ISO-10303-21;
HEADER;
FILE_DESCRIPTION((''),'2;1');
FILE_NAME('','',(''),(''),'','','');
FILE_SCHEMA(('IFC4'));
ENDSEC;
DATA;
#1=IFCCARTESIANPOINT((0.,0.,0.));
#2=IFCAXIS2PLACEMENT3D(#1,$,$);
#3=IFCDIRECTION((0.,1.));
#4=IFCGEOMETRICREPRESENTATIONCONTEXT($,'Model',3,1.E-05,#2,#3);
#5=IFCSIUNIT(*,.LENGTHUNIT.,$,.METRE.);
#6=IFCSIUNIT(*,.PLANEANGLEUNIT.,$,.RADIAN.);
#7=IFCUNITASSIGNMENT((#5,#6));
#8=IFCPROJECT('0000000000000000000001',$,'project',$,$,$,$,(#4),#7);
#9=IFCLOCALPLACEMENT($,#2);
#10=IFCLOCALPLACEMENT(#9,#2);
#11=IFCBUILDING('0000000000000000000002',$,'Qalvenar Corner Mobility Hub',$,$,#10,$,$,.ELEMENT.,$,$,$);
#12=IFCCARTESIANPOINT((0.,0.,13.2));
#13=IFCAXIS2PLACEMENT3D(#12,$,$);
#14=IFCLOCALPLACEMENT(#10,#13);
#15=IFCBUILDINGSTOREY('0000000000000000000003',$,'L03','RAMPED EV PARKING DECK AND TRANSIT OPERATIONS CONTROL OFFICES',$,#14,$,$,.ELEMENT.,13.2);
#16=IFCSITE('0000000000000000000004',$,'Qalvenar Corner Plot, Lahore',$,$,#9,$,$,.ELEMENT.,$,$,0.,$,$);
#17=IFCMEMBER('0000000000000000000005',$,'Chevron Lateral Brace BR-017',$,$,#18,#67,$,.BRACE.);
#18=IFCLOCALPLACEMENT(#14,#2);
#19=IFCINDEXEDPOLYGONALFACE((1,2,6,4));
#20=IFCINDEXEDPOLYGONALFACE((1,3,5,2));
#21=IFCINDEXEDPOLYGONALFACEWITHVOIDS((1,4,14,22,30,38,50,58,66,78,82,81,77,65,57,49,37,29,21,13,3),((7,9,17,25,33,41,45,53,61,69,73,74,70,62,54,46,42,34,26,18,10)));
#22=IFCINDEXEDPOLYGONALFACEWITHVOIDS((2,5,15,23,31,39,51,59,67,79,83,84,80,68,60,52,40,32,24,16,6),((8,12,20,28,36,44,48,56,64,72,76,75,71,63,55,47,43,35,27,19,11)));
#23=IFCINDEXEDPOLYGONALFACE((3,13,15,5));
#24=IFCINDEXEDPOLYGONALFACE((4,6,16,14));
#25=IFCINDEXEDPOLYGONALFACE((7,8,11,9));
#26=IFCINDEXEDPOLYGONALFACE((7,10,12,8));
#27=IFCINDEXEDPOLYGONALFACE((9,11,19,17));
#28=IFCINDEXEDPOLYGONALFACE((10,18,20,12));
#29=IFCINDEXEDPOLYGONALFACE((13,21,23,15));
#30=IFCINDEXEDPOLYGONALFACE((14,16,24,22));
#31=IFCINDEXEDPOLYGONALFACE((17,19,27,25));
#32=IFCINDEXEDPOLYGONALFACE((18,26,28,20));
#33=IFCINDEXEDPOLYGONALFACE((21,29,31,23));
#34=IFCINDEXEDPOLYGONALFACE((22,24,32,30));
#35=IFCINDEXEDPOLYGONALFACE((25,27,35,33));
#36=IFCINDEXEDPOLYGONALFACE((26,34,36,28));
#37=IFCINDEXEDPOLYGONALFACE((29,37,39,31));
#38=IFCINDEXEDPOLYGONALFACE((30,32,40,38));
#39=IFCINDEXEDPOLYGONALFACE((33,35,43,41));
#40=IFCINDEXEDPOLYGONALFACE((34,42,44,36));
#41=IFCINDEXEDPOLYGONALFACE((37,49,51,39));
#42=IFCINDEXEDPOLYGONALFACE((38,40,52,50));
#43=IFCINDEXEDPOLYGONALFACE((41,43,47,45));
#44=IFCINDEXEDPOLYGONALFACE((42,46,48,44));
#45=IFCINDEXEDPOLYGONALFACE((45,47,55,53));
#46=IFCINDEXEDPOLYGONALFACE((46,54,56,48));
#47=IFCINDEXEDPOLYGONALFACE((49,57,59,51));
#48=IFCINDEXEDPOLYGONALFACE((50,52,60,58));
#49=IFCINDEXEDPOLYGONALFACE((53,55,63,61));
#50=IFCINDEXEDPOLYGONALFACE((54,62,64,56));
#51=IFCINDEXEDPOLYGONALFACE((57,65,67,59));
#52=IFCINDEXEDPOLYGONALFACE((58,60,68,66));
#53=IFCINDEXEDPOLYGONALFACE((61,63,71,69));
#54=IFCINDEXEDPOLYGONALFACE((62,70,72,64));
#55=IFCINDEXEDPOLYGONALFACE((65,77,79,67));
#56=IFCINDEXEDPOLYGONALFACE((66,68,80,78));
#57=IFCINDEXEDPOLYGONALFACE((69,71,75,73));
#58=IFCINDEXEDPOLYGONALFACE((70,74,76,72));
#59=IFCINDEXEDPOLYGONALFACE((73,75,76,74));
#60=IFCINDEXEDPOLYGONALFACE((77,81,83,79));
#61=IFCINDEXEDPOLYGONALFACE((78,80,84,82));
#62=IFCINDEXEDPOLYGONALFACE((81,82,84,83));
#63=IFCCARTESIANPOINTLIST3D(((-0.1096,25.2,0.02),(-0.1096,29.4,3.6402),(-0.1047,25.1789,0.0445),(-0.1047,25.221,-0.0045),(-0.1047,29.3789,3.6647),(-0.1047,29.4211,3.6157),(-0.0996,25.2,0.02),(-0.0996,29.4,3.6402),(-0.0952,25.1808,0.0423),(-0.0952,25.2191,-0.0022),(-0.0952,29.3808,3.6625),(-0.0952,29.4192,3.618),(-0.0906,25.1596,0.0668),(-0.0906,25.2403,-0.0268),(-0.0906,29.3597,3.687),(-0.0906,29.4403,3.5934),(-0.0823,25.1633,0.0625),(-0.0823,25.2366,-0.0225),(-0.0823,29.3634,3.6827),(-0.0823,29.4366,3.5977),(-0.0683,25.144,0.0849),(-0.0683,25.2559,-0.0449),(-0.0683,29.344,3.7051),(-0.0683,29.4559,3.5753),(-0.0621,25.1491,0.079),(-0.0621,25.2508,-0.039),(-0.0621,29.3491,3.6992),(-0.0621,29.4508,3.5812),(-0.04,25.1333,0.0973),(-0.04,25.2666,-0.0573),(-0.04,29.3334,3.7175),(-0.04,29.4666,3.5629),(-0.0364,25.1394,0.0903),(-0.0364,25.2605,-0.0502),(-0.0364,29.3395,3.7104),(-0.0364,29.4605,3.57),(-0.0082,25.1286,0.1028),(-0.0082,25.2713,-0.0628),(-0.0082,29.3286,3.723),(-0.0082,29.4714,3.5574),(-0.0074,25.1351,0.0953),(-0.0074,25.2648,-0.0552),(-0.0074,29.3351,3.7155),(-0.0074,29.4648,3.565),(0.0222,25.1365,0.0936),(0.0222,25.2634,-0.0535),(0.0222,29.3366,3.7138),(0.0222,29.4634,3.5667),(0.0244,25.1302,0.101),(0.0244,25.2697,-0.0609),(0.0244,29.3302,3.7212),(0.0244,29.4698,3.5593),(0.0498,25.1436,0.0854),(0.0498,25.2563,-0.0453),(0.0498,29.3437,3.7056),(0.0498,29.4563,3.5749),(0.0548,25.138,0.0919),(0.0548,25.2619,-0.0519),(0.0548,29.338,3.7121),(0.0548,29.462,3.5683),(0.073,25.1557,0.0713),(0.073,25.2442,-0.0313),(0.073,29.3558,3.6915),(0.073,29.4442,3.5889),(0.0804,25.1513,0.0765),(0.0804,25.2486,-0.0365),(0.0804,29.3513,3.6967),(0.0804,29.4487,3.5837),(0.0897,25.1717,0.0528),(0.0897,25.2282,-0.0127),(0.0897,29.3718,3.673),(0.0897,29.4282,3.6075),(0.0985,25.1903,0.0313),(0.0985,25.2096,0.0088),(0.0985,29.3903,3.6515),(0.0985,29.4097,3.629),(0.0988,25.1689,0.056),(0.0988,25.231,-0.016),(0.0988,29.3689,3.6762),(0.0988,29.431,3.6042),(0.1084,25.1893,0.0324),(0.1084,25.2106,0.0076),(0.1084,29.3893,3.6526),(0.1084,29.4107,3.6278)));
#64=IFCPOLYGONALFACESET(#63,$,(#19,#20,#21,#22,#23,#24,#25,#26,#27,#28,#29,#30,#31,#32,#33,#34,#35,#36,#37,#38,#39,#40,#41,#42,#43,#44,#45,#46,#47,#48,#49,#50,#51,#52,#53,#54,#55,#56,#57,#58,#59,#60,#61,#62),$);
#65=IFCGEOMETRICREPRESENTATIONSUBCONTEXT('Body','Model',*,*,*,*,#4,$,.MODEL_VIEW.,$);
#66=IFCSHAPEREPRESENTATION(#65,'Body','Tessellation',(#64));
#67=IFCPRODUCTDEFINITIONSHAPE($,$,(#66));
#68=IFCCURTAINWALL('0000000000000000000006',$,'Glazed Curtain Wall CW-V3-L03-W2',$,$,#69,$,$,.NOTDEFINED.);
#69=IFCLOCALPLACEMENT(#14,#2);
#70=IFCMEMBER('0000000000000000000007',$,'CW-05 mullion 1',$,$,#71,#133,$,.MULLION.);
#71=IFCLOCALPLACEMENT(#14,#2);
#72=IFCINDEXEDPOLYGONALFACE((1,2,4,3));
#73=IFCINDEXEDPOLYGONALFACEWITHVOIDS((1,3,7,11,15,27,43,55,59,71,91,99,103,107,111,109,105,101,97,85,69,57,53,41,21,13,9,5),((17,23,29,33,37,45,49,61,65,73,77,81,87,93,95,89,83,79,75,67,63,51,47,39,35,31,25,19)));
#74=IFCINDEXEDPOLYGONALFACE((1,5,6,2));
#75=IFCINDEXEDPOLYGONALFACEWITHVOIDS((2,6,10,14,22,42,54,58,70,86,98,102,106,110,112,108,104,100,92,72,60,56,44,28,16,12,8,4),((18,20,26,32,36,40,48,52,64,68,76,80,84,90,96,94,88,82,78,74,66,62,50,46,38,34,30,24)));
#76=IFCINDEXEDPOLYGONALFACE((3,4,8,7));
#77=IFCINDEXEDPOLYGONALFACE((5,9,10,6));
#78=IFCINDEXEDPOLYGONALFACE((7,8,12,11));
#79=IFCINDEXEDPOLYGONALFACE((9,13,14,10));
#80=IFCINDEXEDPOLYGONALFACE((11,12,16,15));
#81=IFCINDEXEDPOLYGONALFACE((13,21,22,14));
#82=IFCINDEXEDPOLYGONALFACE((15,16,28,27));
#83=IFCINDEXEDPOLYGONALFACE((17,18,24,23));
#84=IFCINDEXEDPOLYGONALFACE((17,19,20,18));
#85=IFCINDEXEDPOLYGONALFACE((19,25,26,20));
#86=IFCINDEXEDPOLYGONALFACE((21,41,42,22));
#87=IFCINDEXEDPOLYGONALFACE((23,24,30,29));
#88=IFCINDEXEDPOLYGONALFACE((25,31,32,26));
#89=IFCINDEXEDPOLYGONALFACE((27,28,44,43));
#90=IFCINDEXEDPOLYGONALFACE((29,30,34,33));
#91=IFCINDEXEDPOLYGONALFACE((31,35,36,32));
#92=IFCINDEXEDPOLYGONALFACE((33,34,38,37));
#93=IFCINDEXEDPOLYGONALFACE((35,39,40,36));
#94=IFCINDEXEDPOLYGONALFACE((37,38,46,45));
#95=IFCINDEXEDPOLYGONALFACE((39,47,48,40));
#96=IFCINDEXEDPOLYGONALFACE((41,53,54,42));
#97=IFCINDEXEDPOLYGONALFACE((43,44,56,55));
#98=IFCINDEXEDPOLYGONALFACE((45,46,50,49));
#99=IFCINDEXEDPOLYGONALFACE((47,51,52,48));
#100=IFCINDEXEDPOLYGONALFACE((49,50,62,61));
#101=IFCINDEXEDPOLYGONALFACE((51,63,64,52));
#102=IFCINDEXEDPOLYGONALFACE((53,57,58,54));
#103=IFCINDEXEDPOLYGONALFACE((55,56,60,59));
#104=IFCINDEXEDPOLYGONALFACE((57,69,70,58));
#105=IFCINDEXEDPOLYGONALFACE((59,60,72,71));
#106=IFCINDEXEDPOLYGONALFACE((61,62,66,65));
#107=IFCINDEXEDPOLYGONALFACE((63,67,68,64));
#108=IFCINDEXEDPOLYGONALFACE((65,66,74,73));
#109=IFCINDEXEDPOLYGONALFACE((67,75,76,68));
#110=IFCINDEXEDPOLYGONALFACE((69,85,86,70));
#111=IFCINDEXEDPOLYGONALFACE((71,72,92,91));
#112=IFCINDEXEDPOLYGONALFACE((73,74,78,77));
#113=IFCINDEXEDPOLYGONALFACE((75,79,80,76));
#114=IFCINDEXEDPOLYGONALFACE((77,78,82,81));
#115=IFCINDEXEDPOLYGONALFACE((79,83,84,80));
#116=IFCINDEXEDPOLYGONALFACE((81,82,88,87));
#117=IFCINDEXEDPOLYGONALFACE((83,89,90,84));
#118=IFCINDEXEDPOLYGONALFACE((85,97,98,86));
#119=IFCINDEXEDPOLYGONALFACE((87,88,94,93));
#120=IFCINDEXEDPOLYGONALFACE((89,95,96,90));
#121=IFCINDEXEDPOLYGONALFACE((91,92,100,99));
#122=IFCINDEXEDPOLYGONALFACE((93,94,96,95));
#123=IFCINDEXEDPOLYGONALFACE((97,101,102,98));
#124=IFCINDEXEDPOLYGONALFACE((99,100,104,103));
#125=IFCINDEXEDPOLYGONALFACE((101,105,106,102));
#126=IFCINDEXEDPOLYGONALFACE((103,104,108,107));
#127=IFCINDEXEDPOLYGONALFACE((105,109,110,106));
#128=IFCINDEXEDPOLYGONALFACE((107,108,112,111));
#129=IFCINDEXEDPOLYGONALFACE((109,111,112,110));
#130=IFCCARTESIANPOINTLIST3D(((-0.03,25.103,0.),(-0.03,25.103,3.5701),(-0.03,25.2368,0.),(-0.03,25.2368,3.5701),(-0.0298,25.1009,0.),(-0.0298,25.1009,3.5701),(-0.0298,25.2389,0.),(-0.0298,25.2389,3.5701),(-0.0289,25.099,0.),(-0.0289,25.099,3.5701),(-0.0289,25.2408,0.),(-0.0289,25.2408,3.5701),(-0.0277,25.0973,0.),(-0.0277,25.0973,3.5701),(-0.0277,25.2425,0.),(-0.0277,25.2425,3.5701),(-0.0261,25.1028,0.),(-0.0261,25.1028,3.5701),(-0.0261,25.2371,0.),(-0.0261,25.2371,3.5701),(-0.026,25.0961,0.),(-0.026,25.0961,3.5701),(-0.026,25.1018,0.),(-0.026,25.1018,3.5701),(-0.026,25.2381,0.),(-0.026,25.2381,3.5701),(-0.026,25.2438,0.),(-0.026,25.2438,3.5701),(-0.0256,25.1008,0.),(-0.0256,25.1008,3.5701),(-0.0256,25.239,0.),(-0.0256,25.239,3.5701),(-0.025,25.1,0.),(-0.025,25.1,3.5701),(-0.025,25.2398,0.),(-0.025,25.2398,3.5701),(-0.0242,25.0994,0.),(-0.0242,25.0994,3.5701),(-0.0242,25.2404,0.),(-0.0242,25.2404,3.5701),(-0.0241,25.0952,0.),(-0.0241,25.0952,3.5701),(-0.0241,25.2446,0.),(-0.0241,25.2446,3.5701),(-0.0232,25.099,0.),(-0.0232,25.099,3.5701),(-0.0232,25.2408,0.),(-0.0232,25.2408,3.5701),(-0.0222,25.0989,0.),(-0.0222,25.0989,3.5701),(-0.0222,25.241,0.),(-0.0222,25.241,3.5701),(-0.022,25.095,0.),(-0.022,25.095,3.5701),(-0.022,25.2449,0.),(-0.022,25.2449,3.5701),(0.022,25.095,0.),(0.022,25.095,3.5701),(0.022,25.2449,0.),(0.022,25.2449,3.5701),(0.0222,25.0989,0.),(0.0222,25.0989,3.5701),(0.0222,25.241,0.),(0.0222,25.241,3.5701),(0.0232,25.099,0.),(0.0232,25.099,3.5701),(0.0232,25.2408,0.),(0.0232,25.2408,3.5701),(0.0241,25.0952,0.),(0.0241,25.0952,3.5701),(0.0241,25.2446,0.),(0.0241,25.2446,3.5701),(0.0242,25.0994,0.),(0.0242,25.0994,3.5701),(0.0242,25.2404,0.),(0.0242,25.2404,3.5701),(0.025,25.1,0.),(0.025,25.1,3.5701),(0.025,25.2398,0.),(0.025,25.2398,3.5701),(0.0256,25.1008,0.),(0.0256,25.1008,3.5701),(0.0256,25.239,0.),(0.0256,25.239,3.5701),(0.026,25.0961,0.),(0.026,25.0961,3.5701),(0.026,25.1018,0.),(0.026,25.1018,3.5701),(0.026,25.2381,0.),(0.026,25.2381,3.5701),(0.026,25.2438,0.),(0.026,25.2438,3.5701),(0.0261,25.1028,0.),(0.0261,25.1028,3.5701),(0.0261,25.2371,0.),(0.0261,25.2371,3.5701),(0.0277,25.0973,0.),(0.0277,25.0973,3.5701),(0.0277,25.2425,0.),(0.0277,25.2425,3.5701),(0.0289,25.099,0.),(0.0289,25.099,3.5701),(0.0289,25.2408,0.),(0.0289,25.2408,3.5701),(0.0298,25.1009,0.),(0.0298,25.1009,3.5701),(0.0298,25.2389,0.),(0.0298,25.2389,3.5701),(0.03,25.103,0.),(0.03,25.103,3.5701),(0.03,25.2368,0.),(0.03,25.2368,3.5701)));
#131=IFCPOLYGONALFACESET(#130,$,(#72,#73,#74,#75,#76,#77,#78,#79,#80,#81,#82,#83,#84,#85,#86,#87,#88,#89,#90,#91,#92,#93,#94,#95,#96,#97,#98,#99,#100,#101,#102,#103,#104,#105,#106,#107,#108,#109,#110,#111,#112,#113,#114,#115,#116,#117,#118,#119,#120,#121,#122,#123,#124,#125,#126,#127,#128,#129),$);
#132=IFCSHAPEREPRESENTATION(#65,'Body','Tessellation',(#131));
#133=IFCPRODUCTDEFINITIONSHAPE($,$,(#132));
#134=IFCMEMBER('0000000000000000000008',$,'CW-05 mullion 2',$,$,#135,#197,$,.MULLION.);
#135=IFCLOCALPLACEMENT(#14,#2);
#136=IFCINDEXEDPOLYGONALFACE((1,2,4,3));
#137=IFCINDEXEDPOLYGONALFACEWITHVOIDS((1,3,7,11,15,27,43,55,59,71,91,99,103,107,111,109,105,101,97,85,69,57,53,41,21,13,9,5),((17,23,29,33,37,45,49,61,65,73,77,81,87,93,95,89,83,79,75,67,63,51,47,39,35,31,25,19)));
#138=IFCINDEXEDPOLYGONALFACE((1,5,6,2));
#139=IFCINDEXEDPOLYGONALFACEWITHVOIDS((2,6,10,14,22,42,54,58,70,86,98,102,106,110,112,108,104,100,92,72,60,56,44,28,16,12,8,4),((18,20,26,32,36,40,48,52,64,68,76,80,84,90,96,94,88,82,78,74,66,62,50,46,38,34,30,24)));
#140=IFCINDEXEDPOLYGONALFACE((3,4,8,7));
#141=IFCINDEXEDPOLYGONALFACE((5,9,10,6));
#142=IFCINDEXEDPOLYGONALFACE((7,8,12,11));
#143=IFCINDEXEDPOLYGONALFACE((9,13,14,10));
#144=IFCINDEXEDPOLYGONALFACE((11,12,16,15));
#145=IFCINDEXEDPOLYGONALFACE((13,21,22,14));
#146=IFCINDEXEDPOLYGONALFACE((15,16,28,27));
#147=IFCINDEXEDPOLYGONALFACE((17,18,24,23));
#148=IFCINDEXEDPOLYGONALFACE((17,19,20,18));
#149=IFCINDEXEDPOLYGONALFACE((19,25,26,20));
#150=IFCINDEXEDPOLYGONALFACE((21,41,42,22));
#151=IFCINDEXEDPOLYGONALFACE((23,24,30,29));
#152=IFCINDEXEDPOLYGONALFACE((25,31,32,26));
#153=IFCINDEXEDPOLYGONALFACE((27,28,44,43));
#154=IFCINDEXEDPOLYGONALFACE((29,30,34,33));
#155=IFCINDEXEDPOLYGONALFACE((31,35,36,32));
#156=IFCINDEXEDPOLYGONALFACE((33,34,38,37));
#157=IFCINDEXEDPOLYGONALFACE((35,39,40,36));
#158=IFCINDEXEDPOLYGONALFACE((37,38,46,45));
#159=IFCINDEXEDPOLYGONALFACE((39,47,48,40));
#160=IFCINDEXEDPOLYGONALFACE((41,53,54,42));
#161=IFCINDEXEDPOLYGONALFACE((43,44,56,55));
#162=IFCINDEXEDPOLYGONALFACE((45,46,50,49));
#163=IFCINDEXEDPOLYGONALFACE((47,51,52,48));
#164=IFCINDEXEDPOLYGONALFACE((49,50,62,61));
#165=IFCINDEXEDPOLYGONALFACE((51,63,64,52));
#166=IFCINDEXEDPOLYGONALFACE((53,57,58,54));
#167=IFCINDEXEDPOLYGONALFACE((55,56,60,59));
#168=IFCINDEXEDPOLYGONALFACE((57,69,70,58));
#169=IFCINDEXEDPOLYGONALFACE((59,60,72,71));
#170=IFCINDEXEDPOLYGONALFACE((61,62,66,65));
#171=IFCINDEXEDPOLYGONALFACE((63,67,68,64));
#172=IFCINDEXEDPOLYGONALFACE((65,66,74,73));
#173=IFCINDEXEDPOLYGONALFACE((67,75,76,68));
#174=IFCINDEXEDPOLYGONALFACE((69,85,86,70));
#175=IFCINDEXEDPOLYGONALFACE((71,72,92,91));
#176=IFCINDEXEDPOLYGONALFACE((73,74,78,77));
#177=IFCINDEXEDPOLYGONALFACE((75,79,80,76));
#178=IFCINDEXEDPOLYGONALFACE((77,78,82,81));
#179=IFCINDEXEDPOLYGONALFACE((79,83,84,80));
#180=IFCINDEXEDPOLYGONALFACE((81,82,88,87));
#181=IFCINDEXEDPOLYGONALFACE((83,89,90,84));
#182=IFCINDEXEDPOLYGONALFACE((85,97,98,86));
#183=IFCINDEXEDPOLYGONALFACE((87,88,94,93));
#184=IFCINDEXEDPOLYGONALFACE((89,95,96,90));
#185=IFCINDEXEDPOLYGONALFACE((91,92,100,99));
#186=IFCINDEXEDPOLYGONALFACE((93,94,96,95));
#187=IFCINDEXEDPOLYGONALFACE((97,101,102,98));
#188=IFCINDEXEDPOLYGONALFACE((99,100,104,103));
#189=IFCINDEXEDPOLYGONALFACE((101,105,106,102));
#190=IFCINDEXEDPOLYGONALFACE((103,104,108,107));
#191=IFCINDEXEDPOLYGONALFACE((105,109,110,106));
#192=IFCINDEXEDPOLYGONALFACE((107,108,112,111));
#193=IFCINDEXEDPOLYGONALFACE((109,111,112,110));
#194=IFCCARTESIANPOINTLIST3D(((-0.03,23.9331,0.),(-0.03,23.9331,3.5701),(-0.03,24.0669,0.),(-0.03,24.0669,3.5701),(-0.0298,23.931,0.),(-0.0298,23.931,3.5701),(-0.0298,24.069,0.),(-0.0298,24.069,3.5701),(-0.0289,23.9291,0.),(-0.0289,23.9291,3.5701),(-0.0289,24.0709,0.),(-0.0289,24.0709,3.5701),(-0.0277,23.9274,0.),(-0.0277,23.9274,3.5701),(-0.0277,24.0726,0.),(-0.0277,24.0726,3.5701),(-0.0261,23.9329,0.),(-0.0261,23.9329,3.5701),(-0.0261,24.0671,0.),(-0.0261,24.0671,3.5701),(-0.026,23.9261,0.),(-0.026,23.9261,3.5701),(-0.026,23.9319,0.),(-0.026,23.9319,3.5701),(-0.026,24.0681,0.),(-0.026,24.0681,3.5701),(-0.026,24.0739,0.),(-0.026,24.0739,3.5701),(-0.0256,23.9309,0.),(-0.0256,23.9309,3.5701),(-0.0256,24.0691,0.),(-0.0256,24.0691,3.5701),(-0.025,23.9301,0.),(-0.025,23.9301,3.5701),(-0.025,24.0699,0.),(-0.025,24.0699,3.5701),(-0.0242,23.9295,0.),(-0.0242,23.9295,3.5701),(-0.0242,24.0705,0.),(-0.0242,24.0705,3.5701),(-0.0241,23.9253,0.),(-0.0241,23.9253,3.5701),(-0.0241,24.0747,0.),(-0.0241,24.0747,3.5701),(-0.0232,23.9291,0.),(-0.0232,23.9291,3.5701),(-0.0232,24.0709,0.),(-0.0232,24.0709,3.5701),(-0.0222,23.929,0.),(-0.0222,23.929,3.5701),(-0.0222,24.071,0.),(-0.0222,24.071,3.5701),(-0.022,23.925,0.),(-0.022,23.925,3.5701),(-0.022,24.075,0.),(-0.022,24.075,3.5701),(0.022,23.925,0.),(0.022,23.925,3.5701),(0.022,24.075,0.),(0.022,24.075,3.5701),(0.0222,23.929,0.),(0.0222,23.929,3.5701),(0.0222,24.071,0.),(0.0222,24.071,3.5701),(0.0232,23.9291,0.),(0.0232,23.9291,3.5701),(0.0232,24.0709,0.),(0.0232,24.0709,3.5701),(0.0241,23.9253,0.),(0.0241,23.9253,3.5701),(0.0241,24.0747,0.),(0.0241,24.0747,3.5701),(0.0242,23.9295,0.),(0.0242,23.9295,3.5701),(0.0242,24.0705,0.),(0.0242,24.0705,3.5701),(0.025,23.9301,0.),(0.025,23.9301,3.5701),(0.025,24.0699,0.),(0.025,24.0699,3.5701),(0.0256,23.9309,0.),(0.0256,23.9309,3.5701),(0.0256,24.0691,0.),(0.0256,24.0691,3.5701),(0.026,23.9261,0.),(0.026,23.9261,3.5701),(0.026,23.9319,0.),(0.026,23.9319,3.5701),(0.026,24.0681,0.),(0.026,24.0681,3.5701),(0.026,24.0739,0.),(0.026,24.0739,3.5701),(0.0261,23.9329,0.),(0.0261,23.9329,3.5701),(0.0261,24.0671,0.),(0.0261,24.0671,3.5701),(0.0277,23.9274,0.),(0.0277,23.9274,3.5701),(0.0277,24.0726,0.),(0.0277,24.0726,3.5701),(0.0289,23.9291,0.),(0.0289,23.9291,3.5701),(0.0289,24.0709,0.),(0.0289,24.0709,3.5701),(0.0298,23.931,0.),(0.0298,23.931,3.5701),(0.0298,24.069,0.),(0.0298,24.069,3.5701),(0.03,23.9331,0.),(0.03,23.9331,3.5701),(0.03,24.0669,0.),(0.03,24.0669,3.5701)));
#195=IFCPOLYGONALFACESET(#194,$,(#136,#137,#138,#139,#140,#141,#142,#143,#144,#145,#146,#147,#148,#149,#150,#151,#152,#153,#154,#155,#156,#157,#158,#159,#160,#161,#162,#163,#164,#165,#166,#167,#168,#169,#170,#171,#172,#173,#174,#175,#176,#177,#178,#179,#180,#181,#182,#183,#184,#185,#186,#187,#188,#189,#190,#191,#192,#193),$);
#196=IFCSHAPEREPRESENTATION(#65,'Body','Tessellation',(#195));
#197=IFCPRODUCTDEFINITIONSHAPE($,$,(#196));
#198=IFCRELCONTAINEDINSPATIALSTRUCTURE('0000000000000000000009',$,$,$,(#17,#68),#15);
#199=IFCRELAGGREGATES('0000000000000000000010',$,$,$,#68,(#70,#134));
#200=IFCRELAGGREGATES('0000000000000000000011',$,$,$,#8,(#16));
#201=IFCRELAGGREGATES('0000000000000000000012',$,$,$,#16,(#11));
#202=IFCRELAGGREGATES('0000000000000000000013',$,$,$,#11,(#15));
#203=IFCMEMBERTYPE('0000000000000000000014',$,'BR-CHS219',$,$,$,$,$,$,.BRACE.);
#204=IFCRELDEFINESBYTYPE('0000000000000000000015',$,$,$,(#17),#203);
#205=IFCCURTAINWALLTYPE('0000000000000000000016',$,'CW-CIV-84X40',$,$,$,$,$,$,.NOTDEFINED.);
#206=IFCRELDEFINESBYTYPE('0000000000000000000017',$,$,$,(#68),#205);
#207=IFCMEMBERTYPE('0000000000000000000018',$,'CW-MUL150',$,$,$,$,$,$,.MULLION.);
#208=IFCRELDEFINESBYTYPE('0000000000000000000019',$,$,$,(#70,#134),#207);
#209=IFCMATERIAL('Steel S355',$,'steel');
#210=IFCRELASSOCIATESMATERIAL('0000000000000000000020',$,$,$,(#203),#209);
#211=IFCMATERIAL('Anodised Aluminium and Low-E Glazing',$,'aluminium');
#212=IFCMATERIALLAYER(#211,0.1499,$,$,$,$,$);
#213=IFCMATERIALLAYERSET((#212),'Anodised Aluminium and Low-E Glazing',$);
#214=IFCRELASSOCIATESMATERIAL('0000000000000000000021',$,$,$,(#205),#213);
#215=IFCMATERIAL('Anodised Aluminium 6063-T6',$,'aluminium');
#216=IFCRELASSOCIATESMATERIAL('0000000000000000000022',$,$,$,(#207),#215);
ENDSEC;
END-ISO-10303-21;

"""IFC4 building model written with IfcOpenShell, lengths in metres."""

from ifc_helpers import new_model, si_unit, direction, frame, origin, origin_2d, place, context, subcontext, project, spatial, hollow_rectangle, hollow_circle, extrude, material, layer, layer_set, material_profile, profile_set, type_object, element, aggregate, save


model = new_model("IFC4")

# Units and contexts
model_context = context("Model", 3, precision=1e-05, world=origin(), true_north=direction((0.0, 1.0)))
body_context = subcontext(model_context, "Body", "Model", "MODEL_VIEW")
ifc_project = project(units=[si_unit("LENGTHUNIT", "METRE"), si_unit("PLANEANGLEUNIT", "RADIAN")], contexts=[model_context])

# Site, building, storey
site_placement = place(None, origin())
site = spatial("IfcSite", under=ifc_project, at=site_placement, Name="Qalvenar Corner Plot, Lahore", CompositionType="ELEMENT", RefElevation=0.0)
building_placement = place(site_placement, origin())
building = spatial("IfcBuilding", under=site, at=building_placement, Name="Qalvenar Corner Mobility Hub", CompositionType="ELEMENT")
storey_placement = place(building_placement, frame((0.0, 0.0, 13.2)))
storey = spatial("IfcBuildingStorey", under=building, at=storey_placement, Name="L03", Description="RAMPED EV PARKING DECK AND TRANSIT OPERATIONS CONTROL OFFICES", CompositionType="ELEMENT", Elevation=13.2)

# Shared definitions
ifc_material_1 = material(Name="Steel S355", Category="steel")

# Member
ifc_material_profile_1 = material_profile(ifc_material_1, hollow_circle(Radius=0.1096, WallThickness=0.01, at=origin_2d()), Name="CHS219.1x10")
ifc_profile_set_1 = profile_set([ifc_material_profile_1], Name="Steel S355")
member_type_1 = type_object("IfcMemberType", Name="BR-CHS219", PredefinedType="BRACE", material=ifc_profile_set_1)
member_1_placement = place(storey_placement, frame((0.0, 25.2, 0.02), z_axis=(0.0, 0.757457, 0.652885), x_axis=(-1.0, 0.0, 0.0)))
element("IfcMember", 1, at=member_1_placement, inside=storey, type_object=member_type_1, Name="Chevron Lateral Brace BR-017", PredefinedType="BRACE", context=body_context, shape_type="SweptSolid", body=[
    extrude(hollow_circle(Radius=0.1096, WallThickness=0.01, at=origin_2d()), origin(), (0.0, 0.0, 1.0), 5.5449),
])

# Curtain wall, members
ifc_material_2 = material(Name="Anodised Aluminium and Low-E Glazing", Category="aluminium")
ifc_layer_1 = layer(ifc_material_2, 0.1499)
ifc_layer_set_1 = layer_set([ifc_layer_1], Name="Anodised Aluminium and Low-E Glazing")
curtain_wall_type = type_object("IfcCurtainWallType", Name="CW-CIV-84X40", PredefinedType="NOTDEFINED", material=ifc_layer_set_1)
curtain_wall_placement = place(storey_placement, origin())
curtain_wall = element("IfcCurtainWall", 2, at=curtain_wall_placement, inside=storey, type_object=curtain_wall_type, Name="Glazed Curtain Wall CW-V3-L03-W2", PredefinedType="NOTDEFINED")
ifc_material_3 = material(Name="Anodised Aluminium 6063-T6", Category="aluminium")
ifc_material_profile_2 = material_profile(ifc_material_3, hollow_rectangle(XDim=0.0601, YDim=0.1499, WallThickness=0.0039, InnerFilletRadius=0.0039, OuterFilletRadius=0.0081, at=origin_2d()), Name="RHS150x60x4")
ifc_profile_set_2 = profile_set([ifc_material_profile_2], Name="Anodised Aluminium 6063-T6")
member_type_2 = type_object("IfcMemberType", Name="CW-MUL150", PredefinedType="MULLION", material=ifc_profile_set_2)
member_2_placement = place(storey_placement, frame((0.0, 25.1699, 0.0), z_axis=(0.0, 0.0, 1.0), x_axis=(1.0, 0.0, 0.0)))
member_2 = element("IfcMember", 3, at=member_2_placement, type_object=member_type_2, Name="CW-05 mullion 1", PredefinedType="MULLION", context=body_context, shape_type="SweptSolid", body=[
    extrude(hollow_rectangle(XDim=0.0601, YDim=0.1499, WallThickness=0.0039, InnerFilletRadius=0.0039, OuterFilletRadius=0.0081, at=origin_2d()), origin(), (0.0, 0.0, 1.0), 3.5701),
])
member_3_placement = place(storey_placement, frame((0.0, 24.0, 0.0), z_axis=(0.0, 0.0, 1.0), x_axis=(1.0, 0.0, 0.0)))
member_3 = element("IfcMember", 4, at=member_3_placement, type_object=member_type_2, Name="CW-05 mullion 2", PredefinedType="MULLION", context=body_context, shape_type="SweptSolid", body=[
    extrude(hollow_rectangle(XDim=0.0601, YDim=0.1499, WallThickness=0.0039, InnerFilletRadius=0.0039, OuterFilletRadius=0.0081, at=origin_2d()), origin(), (0.0, 0.0, 1.0), 3.5701),
])
aggregate(curtain_wall, [member_2, member_3])

save(model, "model.ifc")
